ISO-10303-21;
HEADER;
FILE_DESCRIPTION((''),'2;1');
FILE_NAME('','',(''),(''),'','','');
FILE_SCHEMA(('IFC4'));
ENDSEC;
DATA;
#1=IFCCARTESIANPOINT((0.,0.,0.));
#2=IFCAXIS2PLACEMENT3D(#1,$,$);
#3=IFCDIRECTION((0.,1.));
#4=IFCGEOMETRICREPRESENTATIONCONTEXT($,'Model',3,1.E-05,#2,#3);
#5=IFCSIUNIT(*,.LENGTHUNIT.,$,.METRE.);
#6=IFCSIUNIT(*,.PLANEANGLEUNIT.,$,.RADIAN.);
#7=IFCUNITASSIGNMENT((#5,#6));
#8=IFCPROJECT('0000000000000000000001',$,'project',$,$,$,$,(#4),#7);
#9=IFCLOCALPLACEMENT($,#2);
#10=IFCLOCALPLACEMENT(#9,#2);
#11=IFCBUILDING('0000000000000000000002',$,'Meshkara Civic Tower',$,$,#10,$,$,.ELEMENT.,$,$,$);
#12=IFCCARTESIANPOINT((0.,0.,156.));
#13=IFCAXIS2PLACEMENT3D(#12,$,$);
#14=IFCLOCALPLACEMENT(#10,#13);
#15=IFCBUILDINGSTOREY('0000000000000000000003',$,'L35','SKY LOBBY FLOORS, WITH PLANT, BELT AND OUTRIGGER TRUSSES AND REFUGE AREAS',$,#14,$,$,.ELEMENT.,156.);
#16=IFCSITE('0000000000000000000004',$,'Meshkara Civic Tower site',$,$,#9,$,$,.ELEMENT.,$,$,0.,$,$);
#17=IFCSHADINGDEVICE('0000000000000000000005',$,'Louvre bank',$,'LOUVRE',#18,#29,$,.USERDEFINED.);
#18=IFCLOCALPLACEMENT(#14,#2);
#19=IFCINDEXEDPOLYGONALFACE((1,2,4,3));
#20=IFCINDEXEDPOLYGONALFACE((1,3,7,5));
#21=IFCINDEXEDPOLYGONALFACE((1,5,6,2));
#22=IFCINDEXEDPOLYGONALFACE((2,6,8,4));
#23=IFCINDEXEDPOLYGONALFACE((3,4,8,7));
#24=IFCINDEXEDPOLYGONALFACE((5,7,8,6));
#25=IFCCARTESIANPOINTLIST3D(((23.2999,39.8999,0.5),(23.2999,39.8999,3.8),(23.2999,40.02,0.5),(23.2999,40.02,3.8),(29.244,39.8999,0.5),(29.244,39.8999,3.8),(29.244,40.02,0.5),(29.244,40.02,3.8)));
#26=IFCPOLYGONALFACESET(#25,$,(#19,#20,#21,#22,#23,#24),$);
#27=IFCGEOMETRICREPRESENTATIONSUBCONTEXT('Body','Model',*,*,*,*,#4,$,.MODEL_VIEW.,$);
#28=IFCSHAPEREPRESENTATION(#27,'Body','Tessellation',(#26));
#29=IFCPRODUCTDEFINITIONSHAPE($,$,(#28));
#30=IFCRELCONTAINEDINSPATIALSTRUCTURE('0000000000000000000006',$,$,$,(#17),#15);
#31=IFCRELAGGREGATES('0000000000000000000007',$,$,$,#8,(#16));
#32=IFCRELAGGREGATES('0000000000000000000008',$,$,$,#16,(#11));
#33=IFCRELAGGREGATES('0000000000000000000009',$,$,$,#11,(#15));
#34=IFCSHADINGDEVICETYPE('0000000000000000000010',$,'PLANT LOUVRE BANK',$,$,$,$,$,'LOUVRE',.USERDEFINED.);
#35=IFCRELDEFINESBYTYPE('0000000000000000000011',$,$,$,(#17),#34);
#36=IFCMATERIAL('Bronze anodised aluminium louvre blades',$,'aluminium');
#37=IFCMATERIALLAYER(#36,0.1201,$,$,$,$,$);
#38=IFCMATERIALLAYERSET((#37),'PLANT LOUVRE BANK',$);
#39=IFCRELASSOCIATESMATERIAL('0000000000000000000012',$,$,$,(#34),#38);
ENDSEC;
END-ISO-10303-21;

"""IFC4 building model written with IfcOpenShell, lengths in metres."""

from ifc_helpers import new_model, si_unit, direction, frame, origin, origin_2d, place, context, subcontext, project, spatial, rectangle, extrude, material, layer, layer_set, type_object, element, save


model = new_model("IFC4")

# Units and contexts
model_context = context("Model", 3, precision=1e-05, world=origin(), true_north=direction((0.0, 1.0)))
body_context = subcontext(model_context, "Body", "Model", "MODEL_VIEW")
ifc_project = project(units=[si_unit("LENGTHUNIT", "METRE"), si_unit("PLANEANGLEUNIT", "RADIAN")], contexts=[model_context])

# Site, building, storey
site_placement = place(None, origin())
site = spatial("IfcSite", under=ifc_project, at=site_placement, Name="Meshkara Civic Tower site", CompositionType="ELEMENT", RefElevation=0.0)
building_placement = place(site_placement, origin())
building = spatial("IfcBuilding", under=site, at=building_placement, Name="Meshkara Civic Tower", CompositionType="ELEMENT")
storey_placement = place(building_placement, frame((0.0, 0.0, 156.0)))
storey = spatial("IfcBuildingStorey", under=building, at=storey_placement, Name="L35", Description="SKY LOBBY FLOORS, WITH PLANT, BELT AND OUTRIGGER TRUSSES AND REFUGE AREAS", CompositionType="ELEMENT", Elevation=156.0)

# Shading device
ifc_material_1 = material(Name="Bronze anodised aluminium louvre blades", Category="aluminium")
ifc_layer_1 = layer(ifc_material_1, 0.1201)
ifc_layer_set_1 = layer_set([ifc_layer_1], Name="PLANT LOUVRE BANK")
shading_device_type = type_object("IfcShadingDeviceType", Name="PLANT LOUVRE BANK", ElementType="LOUVRE", PredefinedType="USERDEFINED", material=ifc_layer_set_1)
shading_device_placement = place(storey_placement, frame((26.272, 39.96, 0.5), z_axis=(0.0, 0.0, 1.0), x_axis=(-1.0, 0.0, 0.0)))
element("IfcShadingDevice", 1, at=shading_device_placement, inside=storey, type_object=shading_device_type, Name="Louvre bank", ObjectType="LOUVRE", PredefinedType="USERDEFINED", context=body_context, shape_type="SweptSolid", body=[
    extrude(rectangle(XDim=5.9441, YDim=0.1201, at=origin_2d()), origin(), (0.0, 0.0, 1.0), 3.3),
])

save(model, "model.ifc")
